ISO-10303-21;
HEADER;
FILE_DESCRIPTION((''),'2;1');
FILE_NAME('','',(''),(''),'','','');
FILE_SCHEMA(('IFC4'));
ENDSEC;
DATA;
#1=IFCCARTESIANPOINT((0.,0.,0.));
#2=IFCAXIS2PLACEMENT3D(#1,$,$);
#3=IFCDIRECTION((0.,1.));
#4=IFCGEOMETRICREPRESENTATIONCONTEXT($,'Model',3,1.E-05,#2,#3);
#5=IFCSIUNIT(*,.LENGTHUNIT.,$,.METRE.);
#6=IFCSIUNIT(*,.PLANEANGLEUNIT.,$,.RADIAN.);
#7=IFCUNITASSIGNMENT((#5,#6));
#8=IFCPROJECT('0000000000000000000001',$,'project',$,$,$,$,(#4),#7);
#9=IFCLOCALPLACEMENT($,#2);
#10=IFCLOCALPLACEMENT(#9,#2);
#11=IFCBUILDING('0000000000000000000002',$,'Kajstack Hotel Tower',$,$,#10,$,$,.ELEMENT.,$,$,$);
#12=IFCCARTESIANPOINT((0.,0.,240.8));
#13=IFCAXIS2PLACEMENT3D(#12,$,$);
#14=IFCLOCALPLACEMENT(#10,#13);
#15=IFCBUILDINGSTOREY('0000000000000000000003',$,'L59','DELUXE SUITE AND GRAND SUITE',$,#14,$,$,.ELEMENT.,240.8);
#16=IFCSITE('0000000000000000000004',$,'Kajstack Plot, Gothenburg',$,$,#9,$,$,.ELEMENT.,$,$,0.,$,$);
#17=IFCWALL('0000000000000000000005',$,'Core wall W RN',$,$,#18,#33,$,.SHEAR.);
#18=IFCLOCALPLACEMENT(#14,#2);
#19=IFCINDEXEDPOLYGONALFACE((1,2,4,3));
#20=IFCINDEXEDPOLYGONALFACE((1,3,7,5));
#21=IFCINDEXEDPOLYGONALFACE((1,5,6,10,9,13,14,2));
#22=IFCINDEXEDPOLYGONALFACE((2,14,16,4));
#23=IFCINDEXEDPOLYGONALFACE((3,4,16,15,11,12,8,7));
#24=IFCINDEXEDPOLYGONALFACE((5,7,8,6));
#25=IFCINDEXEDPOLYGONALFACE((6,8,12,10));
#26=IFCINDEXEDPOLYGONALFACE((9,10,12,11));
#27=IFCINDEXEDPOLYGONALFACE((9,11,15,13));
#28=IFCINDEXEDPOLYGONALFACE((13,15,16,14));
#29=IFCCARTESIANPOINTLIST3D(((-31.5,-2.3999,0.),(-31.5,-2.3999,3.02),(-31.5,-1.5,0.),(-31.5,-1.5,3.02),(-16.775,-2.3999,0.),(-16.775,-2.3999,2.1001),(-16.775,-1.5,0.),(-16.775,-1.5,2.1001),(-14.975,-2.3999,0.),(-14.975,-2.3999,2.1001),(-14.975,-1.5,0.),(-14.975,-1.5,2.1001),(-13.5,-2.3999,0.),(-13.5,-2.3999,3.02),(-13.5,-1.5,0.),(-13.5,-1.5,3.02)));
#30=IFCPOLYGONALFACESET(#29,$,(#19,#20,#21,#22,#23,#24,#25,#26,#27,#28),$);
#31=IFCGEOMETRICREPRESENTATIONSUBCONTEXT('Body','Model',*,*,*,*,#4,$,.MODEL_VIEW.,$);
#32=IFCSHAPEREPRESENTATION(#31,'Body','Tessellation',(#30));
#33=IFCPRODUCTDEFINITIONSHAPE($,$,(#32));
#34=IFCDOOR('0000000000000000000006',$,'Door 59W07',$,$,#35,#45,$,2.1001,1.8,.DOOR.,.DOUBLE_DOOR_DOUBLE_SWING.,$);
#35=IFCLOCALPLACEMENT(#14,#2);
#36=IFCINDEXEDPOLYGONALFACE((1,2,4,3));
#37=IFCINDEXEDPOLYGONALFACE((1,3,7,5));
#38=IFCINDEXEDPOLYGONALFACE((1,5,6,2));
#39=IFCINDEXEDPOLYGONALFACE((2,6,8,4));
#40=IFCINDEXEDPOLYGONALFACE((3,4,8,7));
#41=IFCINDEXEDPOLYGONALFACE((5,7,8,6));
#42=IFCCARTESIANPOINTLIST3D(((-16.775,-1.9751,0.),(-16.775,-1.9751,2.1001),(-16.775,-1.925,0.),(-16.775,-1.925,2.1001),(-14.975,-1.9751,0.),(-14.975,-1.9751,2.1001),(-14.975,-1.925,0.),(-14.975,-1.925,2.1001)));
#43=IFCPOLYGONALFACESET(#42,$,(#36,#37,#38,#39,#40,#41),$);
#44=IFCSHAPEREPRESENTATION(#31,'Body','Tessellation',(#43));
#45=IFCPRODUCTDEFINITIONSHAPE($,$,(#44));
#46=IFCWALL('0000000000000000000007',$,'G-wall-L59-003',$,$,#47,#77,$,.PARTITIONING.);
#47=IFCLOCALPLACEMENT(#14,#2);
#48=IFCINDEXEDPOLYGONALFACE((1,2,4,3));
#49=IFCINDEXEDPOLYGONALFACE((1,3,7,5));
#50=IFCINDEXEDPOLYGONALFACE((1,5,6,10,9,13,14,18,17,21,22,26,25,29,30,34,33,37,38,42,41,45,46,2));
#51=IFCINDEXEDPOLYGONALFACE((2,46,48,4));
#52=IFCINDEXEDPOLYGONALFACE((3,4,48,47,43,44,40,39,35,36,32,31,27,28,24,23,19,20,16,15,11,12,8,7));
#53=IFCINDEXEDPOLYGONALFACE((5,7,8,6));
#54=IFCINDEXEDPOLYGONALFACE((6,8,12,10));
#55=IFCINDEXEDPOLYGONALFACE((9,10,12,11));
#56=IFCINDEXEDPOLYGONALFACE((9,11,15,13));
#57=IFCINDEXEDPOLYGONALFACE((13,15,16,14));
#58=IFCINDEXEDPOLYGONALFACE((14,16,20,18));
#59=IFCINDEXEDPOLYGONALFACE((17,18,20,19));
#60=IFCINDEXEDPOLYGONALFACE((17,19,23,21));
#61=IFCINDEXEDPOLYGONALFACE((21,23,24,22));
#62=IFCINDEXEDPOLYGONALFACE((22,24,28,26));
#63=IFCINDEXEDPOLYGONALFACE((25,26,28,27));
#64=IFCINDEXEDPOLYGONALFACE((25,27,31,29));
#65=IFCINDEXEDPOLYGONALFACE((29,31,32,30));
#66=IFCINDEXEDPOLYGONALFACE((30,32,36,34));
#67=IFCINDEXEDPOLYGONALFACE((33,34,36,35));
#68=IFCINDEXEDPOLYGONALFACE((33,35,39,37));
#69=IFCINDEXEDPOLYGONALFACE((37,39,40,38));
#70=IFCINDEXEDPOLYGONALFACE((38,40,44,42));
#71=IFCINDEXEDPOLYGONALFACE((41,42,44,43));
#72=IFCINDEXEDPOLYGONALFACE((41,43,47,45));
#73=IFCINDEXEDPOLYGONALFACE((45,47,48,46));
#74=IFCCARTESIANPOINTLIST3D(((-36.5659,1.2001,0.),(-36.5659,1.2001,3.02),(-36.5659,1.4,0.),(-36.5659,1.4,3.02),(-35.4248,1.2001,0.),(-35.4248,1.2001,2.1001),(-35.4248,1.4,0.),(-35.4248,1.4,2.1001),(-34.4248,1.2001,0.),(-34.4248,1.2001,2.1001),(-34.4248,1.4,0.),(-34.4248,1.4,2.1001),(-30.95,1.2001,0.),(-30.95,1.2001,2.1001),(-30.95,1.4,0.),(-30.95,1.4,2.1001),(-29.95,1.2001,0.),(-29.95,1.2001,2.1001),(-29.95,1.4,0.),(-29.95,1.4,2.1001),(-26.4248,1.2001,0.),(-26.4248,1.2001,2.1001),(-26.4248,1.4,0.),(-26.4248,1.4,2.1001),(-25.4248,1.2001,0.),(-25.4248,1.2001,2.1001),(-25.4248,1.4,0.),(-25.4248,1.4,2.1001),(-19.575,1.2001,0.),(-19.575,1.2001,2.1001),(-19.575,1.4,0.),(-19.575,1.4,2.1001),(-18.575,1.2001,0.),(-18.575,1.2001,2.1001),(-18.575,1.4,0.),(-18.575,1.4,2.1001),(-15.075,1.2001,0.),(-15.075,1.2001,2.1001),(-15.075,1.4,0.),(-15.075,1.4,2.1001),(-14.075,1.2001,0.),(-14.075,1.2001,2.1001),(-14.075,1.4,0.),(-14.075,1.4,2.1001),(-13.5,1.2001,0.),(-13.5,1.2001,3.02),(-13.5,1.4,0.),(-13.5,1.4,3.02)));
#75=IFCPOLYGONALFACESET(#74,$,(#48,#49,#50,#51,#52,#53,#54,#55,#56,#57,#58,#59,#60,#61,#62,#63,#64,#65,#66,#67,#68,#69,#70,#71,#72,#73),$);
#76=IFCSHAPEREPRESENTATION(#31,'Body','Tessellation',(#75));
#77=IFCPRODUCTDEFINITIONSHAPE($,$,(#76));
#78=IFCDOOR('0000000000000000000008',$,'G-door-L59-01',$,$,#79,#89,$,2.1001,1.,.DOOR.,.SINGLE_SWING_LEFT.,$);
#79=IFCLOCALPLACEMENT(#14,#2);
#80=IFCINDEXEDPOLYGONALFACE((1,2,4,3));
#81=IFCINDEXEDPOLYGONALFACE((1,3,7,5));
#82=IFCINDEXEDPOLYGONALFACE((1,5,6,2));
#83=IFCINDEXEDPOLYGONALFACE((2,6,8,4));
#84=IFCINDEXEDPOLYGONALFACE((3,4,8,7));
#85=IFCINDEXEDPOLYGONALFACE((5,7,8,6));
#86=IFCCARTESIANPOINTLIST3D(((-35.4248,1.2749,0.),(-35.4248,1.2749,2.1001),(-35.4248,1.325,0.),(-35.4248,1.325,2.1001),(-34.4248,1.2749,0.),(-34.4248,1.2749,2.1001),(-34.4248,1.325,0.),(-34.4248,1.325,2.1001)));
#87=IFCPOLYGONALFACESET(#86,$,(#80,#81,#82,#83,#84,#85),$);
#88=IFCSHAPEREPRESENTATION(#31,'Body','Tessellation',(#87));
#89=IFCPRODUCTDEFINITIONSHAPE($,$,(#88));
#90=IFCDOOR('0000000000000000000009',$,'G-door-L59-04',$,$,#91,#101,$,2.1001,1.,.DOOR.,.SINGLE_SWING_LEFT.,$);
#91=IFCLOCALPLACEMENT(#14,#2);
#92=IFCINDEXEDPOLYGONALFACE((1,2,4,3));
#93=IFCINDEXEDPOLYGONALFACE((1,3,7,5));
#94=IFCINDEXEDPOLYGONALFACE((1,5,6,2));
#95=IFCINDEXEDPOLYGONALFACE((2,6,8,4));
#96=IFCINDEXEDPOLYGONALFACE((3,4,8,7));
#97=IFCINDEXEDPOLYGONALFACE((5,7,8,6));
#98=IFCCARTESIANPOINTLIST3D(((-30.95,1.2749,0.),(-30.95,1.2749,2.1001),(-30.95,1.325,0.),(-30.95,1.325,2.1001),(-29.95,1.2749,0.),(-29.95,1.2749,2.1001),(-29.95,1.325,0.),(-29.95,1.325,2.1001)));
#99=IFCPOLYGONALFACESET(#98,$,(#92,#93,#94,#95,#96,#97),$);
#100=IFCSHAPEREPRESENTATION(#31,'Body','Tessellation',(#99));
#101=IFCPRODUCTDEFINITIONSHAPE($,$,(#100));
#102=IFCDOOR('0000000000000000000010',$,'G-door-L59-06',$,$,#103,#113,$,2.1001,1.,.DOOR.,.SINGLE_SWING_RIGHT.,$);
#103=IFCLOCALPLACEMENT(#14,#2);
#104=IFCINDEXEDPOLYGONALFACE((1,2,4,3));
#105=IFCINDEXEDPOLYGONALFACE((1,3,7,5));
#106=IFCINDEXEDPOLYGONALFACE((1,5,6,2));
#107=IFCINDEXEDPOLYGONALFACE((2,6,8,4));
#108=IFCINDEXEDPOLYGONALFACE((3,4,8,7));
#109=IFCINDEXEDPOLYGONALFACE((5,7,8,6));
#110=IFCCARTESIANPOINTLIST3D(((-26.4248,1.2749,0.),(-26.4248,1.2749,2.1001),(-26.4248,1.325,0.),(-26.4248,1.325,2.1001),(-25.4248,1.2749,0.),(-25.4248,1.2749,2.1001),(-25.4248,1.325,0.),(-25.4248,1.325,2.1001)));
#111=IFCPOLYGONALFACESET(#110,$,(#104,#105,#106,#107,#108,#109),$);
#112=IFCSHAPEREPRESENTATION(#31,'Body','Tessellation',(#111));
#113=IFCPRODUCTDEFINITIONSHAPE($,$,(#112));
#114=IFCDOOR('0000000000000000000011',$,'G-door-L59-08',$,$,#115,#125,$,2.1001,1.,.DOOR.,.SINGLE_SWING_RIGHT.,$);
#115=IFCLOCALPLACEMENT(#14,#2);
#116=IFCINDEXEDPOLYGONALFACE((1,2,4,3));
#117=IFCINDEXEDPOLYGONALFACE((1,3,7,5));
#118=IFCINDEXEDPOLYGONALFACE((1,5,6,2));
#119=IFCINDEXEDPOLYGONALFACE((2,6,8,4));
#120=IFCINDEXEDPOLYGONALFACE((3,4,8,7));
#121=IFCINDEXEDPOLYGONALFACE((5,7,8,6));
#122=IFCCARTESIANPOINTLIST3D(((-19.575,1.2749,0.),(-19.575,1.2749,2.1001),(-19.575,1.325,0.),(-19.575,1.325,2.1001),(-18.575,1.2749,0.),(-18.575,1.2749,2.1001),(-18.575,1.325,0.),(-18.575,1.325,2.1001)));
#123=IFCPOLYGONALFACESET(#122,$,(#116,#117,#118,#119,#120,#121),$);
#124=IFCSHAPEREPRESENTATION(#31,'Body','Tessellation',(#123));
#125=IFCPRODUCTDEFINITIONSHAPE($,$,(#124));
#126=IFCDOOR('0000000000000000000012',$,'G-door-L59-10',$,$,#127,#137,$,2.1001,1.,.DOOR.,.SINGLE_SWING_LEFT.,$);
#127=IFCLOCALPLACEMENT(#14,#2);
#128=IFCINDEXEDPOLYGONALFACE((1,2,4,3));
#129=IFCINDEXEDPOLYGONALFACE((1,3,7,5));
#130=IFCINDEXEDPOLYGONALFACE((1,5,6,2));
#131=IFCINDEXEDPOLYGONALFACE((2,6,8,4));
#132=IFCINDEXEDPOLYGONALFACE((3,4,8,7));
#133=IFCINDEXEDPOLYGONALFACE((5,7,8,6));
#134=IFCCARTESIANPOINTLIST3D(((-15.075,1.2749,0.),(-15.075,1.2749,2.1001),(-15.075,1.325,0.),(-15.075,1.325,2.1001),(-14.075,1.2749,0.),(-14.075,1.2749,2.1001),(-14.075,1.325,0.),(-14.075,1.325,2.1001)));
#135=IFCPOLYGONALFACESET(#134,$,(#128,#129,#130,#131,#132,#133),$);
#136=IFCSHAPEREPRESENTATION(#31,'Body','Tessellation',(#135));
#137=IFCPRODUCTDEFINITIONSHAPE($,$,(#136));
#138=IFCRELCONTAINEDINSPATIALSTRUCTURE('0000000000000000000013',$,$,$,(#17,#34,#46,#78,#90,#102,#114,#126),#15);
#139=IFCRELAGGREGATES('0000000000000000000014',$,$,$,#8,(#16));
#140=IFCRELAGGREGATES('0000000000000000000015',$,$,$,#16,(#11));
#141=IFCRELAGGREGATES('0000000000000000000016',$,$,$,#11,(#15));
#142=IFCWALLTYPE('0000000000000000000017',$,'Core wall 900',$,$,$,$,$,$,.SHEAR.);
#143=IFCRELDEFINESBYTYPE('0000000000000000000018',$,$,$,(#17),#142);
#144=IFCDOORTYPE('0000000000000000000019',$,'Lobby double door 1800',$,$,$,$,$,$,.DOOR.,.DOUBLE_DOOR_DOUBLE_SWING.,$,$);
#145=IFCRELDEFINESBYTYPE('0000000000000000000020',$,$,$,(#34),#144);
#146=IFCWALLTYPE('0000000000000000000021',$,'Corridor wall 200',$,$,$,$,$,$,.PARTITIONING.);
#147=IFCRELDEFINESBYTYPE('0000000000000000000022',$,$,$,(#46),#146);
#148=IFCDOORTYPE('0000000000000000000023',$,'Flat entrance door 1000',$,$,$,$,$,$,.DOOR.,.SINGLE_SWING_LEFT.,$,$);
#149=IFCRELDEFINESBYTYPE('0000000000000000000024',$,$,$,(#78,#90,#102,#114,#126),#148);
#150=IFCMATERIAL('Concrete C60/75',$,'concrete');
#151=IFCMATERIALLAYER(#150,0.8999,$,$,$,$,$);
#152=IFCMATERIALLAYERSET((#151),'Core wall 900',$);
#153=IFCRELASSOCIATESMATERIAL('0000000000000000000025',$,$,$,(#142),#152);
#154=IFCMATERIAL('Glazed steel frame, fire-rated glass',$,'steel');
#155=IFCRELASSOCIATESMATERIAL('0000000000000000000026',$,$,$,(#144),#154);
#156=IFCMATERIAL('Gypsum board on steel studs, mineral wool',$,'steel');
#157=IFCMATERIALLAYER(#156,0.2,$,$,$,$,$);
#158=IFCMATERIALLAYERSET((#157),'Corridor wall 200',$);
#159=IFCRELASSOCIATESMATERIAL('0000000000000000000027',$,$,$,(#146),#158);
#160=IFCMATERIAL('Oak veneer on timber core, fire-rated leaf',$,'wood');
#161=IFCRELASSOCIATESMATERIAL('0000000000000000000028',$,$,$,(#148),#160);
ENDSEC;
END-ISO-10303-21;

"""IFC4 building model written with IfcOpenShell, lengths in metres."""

from ifc_helpers import new_model, si_unit, direction, frame, frame_2d, origin, place, context, subcontext, project, spatial, rectangle, extrude, material, layer, layer_set, type_object, element, fill, save


model = new_model("IFC4")

# Units and contexts
model_context = context("Model", 3, precision=1e-05, world=origin(), true_north=direction((0.0, 1.0)))
body_context = subcontext(model_context, "Body", "Model", "MODEL_VIEW")
ifc_project = project(units=[si_unit("LENGTHUNIT", "METRE"), si_unit("PLANEANGLEUNIT", "RADIAN")], contexts=[model_context])

# Site, building, storey
site_placement = place(None, origin())
site = spatial("IfcSite", under=ifc_project, at=site_placement, Name="Kajstack Plot, Gothenburg", CompositionType="ELEMENT", RefElevation=0.0)
building_placement = place(site_placement, origin())
building = spatial("IfcBuilding", under=site, at=building_placement, Name="Kajstack Hotel Tower", CompositionType="ELEMENT")
storey_placement = place(building_placement, frame((0.0, 0.0, 240.8)))
storey = spatial("IfcBuildingStorey", under=building, at=storey_placement, Name="L59", Description="DELUXE SUITE AND GRAND SUITE", CompositionType="ELEMENT", Elevation=240.8)

# Wall, opening, door
ifc_material_1 = material(Name="Concrete C60/75", Category="concrete")
ifc_layer_1 = layer(ifc_material_1, 0.8999)
ifc_layer_set_1 = layer_set([ifc_layer_1], Name="Core wall 900")
wall_type_1 = type_object("IfcWallType", Name="Core wall 900", PredefinedType="SHEAR", material=ifc_layer_set_1)
wall_1_placement = place(storey_placement, frame((-31.5, -1.95, 0.0), z_axis=(0.0, 0.0, 1.0), x_axis=(1.0, 0.0, 0.0)))
wall_1 = element("IfcWall", 1, at=wall_1_placement, inside=storey, type_object=wall_type_1, Name="Core wall W RN", PredefinedType="SHEAR", context=body_context, shape_type="SweptSolid", body=[
    extrude(rectangle(XDim=18.0, YDim=0.8999, at=frame_2d((9.0, 0.0))), origin(), (0.0, 0.0, 1.0), 3.02),
])
opening_1_placement = place(wall_1_placement, frame((14.7251, 0.0, 0.0)))
opening_1 = element("IfcOpeningElement", 2, at=opening_1_placement, cuts=wall_1, PredefinedType="OPENING", context=body_context, shape_type="SweptSolid", body=[
    extrude(rectangle(XDim=1.8, YDim=2.1001, at=frame_2d((0.8999, 1.05))), frame((0.0, 0.46, 0.0), z_axis=(0.0, -1.0, 0.0), x_axis=(1.0, 0.0, 0.0)), (0.0, 0.0, 1.0), 0.9199),
])
ifc_material_2 = material(Name="Glazed steel frame, fire-rated glass", Category="steel")
door_type_1 = type_object("IfcDoorType", Name="Lobby double door 1800", OperationType="DOUBLE_DOOR_DOUBLE_SWING", PredefinedType="DOOR", material=ifc_material_2)
door_1_placement = place(opening_1_placement, origin())
door_1 = element("IfcDoor", 3, at=door_1_placement, inside=storey, type_object=door_type_1, Name="Door 59W07", OperationType="DOUBLE_DOOR_DOUBLE_SWING", OverallHeight=2.1001, OverallWidth=1.8, PredefinedType="DOOR", context=body_context, shape_type="SweptSolid", body=[
    extrude(rectangle(XDim=1.8, YDim=2.1001, at=frame_2d((0.8999, 1.05))), frame((0.0, 0.0249, 0.0), z_axis=(0.0, -1.0, 0.0), x_axis=(1.0, 0.0, 0.0)), (0.0, 0.0, 1.0), 0.05),
])
fill(opening_1, door_1)

# Wall, openings, doors
ifc_material_3 = material(Name="Gypsum board on steel studs, mineral wool", Category="steel")
ifc_layer_2 = layer(ifc_material_3, 0.2)
ifc_layer_set_2 = layer_set([ifc_layer_2], Name="Corridor wall 200")
wall_type_2 = type_object("IfcWallType", Name="Corridor wall 200", PredefinedType="PARTITIONING", material=ifc_layer_set_2)
wall_2_placement = place(storey_placement, frame((-36.5659, 1.3, 0.0), z_axis=(0.0, 0.0, 1.0), x_axis=(1.0, 0.0, 0.0)))
wall_2 = element("IfcWall", 4, at=wall_2_placement, inside=storey, type_object=wall_type_2, Name="G-wall-L59-003", PredefinedType="PARTITIONING", context=body_context, shape_type="SweptSolid", body=[
    extrude(rectangle(XDim=23.0659, YDim=0.2, at=frame_2d((11.533, 0.0))), origin(), (0.0, 0.0, 1.0), 3.02),
])
opening_2_placement = place(wall_2_placement, frame((1.1411, 0.0, 0.0)))
opening_2 = element("IfcOpeningElement", 5, at=opening_2_placement, cuts=wall_2, PredefinedType="OPENING", context=body_context, shape_type="SweptSolid", body=[
    extrude(rectangle(XDim=1.0, YDim=2.1001, at=frame_2d((0.5, 1.05))), frame((0.0, 0.1099, 0.0), z_axis=(0.0, -1.0, 0.0), x_axis=(1.0, 0.0, 0.0)), (0.0, 0.0, 1.0), 0.22),
])
opening_3_placement = place(wall_2_placement, frame((5.616, 0.0, 0.0)))
opening_3 = element("IfcOpeningElement", 6, at=opening_3_placement, cuts=wall_2, PredefinedType="OPENING", context=body_context, shape_type="SweptSolid", body=[
    extrude(rectangle(XDim=1.0, YDim=2.1001, at=frame_2d((0.5, 1.05))), frame((0.0, 0.1099, 0.0), z_axis=(0.0, -1.0, 0.0), x_axis=(1.0, 0.0, 0.0)), (0.0, 0.0, 1.0), 0.22),
])
opening_4_placement = place(wall_2_placement, frame((10.1411, 0.0, 0.0)))
opening_4 = element("IfcOpeningElement", 7, at=opening_4_placement, cuts=wall_2, PredefinedType="OPENING", context=body_context, shape_type="SweptSolid", body=[
    extrude(rectangle(XDim=1.0, YDim=2.1001, at=frame_2d((0.5, 1.05))), frame((0.0, 0.1099, 0.0), z_axis=(0.0, -1.0, 0.0), x_axis=(1.0, 0.0, 0.0)), (0.0, 0.0, 1.0), 0.22),
])
opening_5_placement = place(wall_2_placement, frame((16.991, 0.0, 0.0)))
opening_5 = element("IfcOpeningElement", 8, at=opening_5_placement, cuts=wall_2, PredefinedType="OPENING", context=body_context, shape_type="SweptSolid", body=[
    extrude(rectangle(XDim=1.0, YDim=2.1001, at=frame_2d((0.5, 1.05))), frame((0.0, 0.1099, 0.0), z_axis=(0.0, -1.0, 0.0), x_axis=(1.0, 0.0, 0.0)), (0.0, 0.0, 1.0), 0.22),
])
opening_6_placement = place(wall_2_placement, frame((21.491, 0.0, 0.0)))
opening_6 = element("IfcOpeningElement", 9, at=opening_6_placement, cuts=wall_2, PredefinedType="OPENING", context=body_context, shape_type="SweptSolid", body=[
    extrude(rectangle(XDim=1.0, YDim=2.1001, at=frame_2d((0.5, 1.05))), frame((0.0, 0.1099, 0.0), z_axis=(0.0, -1.0, 0.0), x_axis=(1.0, 0.0, 0.0)), (0.0, 0.0, 1.0), 0.22),
])
ifc_material_4 = material(Name="Oak veneer on timber core, fire-rated leaf", Category="wood")
door_type_2 = type_object("IfcDoorType", Name="Flat entrance door 1000", OperationType="SINGLE_SWING_LEFT", PredefinedType="DOOR", material=ifc_material_4)
door_2_placement = place(opening_2_placement, origin())
door_2 = element("IfcDoor", 10, at=door_2_placement, inside=storey, type_object=door_type_2, Name="G-door-L59-01", OperationType="SINGLE_SWING_LEFT", OverallHeight=2.1001, OverallWidth=1.0, PredefinedType="DOOR", context=body_context, shape_type="SweptSolid", body=[
    extrude(rectangle(XDim=1.0, YDim=2.1001, at=frame_2d((0.5, 1.05))), frame((0.0, 0.0249, 0.0), z_axis=(0.0, -1.0, 0.0), x_axis=(1.0, 0.0, 0.0)), (0.0, 0.0, 1.0), 0.05),
])
fill(opening_2, door_2)
door_3_placement = place(opening_3_placement, origin())
door_3 = element("IfcDoor", 11, at=door_3_placement, inside=storey, type_object=door_type_2, Name="G-door-L59-04", OperationType="SINGLE_SWING_LEFT", OverallHeight=2.1001, OverallWidth=1.0, PredefinedType="DOOR", context=body_context, shape_type="SweptSolid", body=[
    extrude(rectangle(XDim=1.0, YDim=2.1001, at=frame_2d((0.5, 1.05))), frame((0.0, 0.0249, 0.0), z_axis=(0.0, -1.0, 0.0), x_axis=(1.0, 0.0, 0.0)), (0.0, 0.0, 1.0), 0.05),
])
fill(opening_3, door_3)
door_4_placement = place(opening_4_placement, origin())
door_4 = element("IfcDoor", 12, at=door_4_placement, inside=storey, type_object=door_type_2, Name="G-door-L59-06", OperationType="SINGLE_SWING_RIGHT", OverallHeight=2.1001, OverallWidth=1.0, PredefinedType="DOOR", context=body_context, shape_type="SweptSolid", body=[
    extrude(rectangle(XDim=1.0, YDim=2.1001, at=frame_2d((0.5, 1.05))), frame((0.0, 0.0249, 0.0), z_axis=(0.0, -1.0, 0.0), x_axis=(1.0, 0.0, 0.0)), (0.0, 0.0, 1.0), 0.05),
])
fill(opening_4, door_4)
door_5_placement = place(opening_5_placement, origin())
door_5 = element("IfcDoor", 13, at=door_5_placement, inside=storey, type_object=door_type_2, Name="G-door-L59-08", OperationType="SINGLE_SWING_RIGHT", OverallHeight=2.1001, OverallWidth=1.0, PredefinedType="DOOR", context=body_context, shape_type="SweptSolid", body=[
    extrude(rectangle(XDim=1.0, YDim=2.1001, at=frame_2d((0.5, 1.05))), frame((0.0, 0.0249, 0.0), z_axis=(0.0, -1.0, 0.0), x_axis=(1.0, 0.0, 0.0)), (0.0, 0.0, 1.0), 0.05),
])
fill(opening_5, door_5)
door_6_placement = place(opening_6_placement, origin())
door_6 = element("IfcDoor", 14, at=door_6_placement, inside=storey, type_object=door_type_2, Name="G-door-L59-10", OperationType="SINGLE_SWING_LEFT", OverallHeight=2.1001, OverallWidth=1.0, PredefinedType="DOOR", context=body_context, shape_type="SweptSolid", body=[
    extrude(rectangle(XDim=1.0, YDim=2.1001, at=frame_2d((0.5, 1.05))), frame((0.0, 0.0249, 0.0), z_axis=(0.0, -1.0, 0.0), x_axis=(1.0, 0.0, 0.0)), (0.0, 0.0, 1.0), 0.05),
])
fill(opening_6, door_6)

save(model, "model.ifc")
